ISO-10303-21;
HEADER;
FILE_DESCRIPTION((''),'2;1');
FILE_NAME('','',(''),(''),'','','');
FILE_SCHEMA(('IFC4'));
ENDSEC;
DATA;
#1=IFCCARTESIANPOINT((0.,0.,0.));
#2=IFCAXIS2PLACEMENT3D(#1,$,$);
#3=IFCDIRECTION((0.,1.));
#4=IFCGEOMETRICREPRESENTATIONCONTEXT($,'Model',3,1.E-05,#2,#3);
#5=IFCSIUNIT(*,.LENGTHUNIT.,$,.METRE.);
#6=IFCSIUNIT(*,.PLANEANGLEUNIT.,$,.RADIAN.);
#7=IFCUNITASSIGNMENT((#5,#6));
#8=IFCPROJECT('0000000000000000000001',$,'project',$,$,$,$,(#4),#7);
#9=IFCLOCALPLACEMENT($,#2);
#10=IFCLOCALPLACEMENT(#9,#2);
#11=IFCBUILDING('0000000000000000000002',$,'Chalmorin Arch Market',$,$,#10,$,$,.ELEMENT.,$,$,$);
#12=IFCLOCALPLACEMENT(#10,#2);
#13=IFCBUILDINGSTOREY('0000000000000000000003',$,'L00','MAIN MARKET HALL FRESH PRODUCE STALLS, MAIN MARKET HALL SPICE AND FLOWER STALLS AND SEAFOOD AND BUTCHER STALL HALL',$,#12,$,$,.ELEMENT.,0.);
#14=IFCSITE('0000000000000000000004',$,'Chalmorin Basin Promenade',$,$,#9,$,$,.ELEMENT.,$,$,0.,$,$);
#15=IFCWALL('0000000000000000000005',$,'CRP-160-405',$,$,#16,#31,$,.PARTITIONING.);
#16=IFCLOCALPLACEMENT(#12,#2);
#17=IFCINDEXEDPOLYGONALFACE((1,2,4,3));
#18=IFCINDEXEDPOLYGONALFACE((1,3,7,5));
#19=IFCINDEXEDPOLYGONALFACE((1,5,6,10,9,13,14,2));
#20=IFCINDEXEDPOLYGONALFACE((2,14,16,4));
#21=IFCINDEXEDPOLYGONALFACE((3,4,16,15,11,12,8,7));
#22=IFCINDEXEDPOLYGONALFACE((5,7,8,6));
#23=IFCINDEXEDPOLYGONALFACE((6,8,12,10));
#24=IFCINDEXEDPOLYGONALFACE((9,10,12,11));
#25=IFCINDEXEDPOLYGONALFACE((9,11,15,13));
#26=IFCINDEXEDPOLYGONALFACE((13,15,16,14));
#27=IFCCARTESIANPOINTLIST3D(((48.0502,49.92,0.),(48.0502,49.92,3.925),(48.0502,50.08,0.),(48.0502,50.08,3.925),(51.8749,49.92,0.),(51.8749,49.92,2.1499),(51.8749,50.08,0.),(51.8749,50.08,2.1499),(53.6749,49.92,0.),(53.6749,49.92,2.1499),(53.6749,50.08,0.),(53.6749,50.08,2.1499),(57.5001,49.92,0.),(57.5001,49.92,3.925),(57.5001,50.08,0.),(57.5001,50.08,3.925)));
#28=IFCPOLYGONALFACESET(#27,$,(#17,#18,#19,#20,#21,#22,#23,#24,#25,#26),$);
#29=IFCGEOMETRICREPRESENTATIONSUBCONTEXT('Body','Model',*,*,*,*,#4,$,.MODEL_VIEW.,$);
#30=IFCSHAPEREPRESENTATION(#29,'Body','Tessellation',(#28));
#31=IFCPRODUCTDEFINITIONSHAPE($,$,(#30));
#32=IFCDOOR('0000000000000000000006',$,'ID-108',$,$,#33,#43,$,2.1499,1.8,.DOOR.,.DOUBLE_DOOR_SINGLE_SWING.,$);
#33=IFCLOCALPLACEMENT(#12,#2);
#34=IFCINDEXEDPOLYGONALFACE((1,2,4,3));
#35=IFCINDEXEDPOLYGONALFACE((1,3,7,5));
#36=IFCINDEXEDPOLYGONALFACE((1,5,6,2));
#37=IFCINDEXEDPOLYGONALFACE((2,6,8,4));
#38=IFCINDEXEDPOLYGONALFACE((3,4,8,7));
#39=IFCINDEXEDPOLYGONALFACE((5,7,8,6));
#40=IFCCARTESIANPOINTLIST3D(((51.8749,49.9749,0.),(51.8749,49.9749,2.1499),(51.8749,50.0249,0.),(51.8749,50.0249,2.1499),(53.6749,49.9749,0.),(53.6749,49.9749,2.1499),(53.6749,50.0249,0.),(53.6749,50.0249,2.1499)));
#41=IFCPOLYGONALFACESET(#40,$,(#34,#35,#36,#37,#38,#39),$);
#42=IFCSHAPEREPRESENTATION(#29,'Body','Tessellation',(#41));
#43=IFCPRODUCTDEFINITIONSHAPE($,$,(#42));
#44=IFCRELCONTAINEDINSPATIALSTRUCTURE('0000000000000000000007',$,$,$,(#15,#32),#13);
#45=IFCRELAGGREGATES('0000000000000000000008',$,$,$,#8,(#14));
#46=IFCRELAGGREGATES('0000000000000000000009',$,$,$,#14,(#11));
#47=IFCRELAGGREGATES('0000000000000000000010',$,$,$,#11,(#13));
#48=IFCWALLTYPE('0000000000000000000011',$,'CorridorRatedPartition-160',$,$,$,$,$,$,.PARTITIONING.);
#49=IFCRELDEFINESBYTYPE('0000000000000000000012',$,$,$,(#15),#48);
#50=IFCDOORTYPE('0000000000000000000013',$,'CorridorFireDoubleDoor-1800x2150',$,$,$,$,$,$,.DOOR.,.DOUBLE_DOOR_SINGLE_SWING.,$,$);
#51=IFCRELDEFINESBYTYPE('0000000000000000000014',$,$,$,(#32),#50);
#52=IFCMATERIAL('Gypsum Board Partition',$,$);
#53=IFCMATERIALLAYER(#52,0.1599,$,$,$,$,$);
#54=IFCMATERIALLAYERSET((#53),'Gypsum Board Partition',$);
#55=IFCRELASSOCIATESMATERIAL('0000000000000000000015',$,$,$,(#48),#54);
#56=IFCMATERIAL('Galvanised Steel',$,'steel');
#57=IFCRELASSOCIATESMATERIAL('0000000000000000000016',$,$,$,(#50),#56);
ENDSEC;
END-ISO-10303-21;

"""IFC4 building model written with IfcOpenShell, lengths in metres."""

from ifc_helpers import new_model, si_unit, direction, frame, frame_2d, origin, place, context, subcontext, project, spatial, rectangle, extrude, material, layer, layer_set, type_object, element, fill, save


model = new_model("IFC4")

# Units and contexts
model_context = context("Model", 3, precision=1e-05, world=origin(), true_north=direction((0.0, 1.0)))
body_context = subcontext(model_context, "Body", "Model", "MODEL_VIEW")
ifc_project = project(units=[si_unit("LENGTHUNIT", "METRE"), si_unit("PLANEANGLEUNIT", "RADIAN")], contexts=[model_context])

# Site, building, storey
site_placement = place(None, origin())
site = spatial("IfcSite", under=ifc_project, at=site_placement, Name="Chalmorin Basin Promenade", CompositionType="ELEMENT", RefElevation=0.0)
building_placement = place(site_placement, origin())
building = spatial("IfcBuilding", under=site, at=building_placement, Name="Chalmorin Arch Market", CompositionType="ELEMENT")
storey_placement = place(building_placement, origin())
storey = spatial("IfcBuildingStorey", under=building, at=storey_placement, Name="L00", Description="MAIN MARKET HALL FRESH PRODUCE STALLS, MAIN MARKET HALL SPICE AND FLOWER STALLS AND SEAFOOD AND BUTCHER STALL HALL", CompositionType="ELEMENT", Elevation=0.0)

# Wall, opening, door
ifc_material_1 = material(Name="Gypsum Board Partition")
ifc_layer_1 = layer(ifc_material_1, 0.1599)
ifc_layer_set_1 = layer_set([ifc_layer_1], Name="Gypsum Board Partition")
wall_type_1 = type_object("IfcWallType", Name="CorridorRatedPartition-160", PredefinedType="PARTITIONING", material=ifc_layer_set_1)
wall_1_placement = place(storey_placement, frame((48.05, 50.0, 0.0), z_axis=(0.0, 0.0, 1.0), x_axis=(1.0, 0.0, 0.0)))
wall_1 = element("IfcWall", 1, at=wall_1_placement, inside=storey, type_object=wall_type_1, Name="CRP-160-405", PredefinedType="PARTITIONING", context=body_context, shape_type="SweptSolid", body=[
    extrude(rectangle(XDim=9.45, YDim=0.1599, at=frame_2d((4.7251, 0.0))), origin(), (0.0, 0.0, 1.0), 3.925),
])
opening_1_placement = place(wall_1_placement, frame((3.825, 0.0, 0.0)))
opening_1 = element("IfcOpeningElement", 2, at=opening_1_placement, cuts=wall_1, PredefinedType="OPENING", context=body_context, shape_type="SweptSolid", body=[
    extrude(rectangle(XDim=1.8, YDim=2.1499, at=frame_2d((0.8999, 1.075))), frame((0.0, 0.0898, 0.0), z_axis=(0.0, -1.0, 0.0), x_axis=(1.0, 0.0, 0.0)), (0.0, 0.0, 1.0), 0.1799),
])
ifc_material_2 = material(Name="Galvanised Steel", Category="steel")
door_type_1 = type_object("IfcDoorType", Name="CorridorFireDoubleDoor-1800x2150", OperationType="DOUBLE_DOOR_SINGLE_SWING", PredefinedType="DOOR", material=ifc_material_2)
door_1_placement = place(opening_1_placement, origin())
door_1 = element("IfcDoor", 3, at=door_1_placement, inside=storey, type_object=door_type_1, Name="ID-108", OperationType="DOUBLE_DOOR_SINGLE_SWING", OverallHeight=2.1499, OverallWidth=1.8, PredefinedType="DOOR", context=body_context, shape_type="SweptSolid", body=[
    extrude(rectangle(XDim=1.8, YDim=2.1499, at=frame_2d((0.8999, 1.075))), frame((0.0, 0.0249, 0.0), z_axis=(0.0, -1.0, 0.0), x_axis=(1.0, 0.0, 0.0)), (0.0, 0.0, 1.0), 0.05),
])
fill(opening_1, door_1)

save(model, "model.ifc")
